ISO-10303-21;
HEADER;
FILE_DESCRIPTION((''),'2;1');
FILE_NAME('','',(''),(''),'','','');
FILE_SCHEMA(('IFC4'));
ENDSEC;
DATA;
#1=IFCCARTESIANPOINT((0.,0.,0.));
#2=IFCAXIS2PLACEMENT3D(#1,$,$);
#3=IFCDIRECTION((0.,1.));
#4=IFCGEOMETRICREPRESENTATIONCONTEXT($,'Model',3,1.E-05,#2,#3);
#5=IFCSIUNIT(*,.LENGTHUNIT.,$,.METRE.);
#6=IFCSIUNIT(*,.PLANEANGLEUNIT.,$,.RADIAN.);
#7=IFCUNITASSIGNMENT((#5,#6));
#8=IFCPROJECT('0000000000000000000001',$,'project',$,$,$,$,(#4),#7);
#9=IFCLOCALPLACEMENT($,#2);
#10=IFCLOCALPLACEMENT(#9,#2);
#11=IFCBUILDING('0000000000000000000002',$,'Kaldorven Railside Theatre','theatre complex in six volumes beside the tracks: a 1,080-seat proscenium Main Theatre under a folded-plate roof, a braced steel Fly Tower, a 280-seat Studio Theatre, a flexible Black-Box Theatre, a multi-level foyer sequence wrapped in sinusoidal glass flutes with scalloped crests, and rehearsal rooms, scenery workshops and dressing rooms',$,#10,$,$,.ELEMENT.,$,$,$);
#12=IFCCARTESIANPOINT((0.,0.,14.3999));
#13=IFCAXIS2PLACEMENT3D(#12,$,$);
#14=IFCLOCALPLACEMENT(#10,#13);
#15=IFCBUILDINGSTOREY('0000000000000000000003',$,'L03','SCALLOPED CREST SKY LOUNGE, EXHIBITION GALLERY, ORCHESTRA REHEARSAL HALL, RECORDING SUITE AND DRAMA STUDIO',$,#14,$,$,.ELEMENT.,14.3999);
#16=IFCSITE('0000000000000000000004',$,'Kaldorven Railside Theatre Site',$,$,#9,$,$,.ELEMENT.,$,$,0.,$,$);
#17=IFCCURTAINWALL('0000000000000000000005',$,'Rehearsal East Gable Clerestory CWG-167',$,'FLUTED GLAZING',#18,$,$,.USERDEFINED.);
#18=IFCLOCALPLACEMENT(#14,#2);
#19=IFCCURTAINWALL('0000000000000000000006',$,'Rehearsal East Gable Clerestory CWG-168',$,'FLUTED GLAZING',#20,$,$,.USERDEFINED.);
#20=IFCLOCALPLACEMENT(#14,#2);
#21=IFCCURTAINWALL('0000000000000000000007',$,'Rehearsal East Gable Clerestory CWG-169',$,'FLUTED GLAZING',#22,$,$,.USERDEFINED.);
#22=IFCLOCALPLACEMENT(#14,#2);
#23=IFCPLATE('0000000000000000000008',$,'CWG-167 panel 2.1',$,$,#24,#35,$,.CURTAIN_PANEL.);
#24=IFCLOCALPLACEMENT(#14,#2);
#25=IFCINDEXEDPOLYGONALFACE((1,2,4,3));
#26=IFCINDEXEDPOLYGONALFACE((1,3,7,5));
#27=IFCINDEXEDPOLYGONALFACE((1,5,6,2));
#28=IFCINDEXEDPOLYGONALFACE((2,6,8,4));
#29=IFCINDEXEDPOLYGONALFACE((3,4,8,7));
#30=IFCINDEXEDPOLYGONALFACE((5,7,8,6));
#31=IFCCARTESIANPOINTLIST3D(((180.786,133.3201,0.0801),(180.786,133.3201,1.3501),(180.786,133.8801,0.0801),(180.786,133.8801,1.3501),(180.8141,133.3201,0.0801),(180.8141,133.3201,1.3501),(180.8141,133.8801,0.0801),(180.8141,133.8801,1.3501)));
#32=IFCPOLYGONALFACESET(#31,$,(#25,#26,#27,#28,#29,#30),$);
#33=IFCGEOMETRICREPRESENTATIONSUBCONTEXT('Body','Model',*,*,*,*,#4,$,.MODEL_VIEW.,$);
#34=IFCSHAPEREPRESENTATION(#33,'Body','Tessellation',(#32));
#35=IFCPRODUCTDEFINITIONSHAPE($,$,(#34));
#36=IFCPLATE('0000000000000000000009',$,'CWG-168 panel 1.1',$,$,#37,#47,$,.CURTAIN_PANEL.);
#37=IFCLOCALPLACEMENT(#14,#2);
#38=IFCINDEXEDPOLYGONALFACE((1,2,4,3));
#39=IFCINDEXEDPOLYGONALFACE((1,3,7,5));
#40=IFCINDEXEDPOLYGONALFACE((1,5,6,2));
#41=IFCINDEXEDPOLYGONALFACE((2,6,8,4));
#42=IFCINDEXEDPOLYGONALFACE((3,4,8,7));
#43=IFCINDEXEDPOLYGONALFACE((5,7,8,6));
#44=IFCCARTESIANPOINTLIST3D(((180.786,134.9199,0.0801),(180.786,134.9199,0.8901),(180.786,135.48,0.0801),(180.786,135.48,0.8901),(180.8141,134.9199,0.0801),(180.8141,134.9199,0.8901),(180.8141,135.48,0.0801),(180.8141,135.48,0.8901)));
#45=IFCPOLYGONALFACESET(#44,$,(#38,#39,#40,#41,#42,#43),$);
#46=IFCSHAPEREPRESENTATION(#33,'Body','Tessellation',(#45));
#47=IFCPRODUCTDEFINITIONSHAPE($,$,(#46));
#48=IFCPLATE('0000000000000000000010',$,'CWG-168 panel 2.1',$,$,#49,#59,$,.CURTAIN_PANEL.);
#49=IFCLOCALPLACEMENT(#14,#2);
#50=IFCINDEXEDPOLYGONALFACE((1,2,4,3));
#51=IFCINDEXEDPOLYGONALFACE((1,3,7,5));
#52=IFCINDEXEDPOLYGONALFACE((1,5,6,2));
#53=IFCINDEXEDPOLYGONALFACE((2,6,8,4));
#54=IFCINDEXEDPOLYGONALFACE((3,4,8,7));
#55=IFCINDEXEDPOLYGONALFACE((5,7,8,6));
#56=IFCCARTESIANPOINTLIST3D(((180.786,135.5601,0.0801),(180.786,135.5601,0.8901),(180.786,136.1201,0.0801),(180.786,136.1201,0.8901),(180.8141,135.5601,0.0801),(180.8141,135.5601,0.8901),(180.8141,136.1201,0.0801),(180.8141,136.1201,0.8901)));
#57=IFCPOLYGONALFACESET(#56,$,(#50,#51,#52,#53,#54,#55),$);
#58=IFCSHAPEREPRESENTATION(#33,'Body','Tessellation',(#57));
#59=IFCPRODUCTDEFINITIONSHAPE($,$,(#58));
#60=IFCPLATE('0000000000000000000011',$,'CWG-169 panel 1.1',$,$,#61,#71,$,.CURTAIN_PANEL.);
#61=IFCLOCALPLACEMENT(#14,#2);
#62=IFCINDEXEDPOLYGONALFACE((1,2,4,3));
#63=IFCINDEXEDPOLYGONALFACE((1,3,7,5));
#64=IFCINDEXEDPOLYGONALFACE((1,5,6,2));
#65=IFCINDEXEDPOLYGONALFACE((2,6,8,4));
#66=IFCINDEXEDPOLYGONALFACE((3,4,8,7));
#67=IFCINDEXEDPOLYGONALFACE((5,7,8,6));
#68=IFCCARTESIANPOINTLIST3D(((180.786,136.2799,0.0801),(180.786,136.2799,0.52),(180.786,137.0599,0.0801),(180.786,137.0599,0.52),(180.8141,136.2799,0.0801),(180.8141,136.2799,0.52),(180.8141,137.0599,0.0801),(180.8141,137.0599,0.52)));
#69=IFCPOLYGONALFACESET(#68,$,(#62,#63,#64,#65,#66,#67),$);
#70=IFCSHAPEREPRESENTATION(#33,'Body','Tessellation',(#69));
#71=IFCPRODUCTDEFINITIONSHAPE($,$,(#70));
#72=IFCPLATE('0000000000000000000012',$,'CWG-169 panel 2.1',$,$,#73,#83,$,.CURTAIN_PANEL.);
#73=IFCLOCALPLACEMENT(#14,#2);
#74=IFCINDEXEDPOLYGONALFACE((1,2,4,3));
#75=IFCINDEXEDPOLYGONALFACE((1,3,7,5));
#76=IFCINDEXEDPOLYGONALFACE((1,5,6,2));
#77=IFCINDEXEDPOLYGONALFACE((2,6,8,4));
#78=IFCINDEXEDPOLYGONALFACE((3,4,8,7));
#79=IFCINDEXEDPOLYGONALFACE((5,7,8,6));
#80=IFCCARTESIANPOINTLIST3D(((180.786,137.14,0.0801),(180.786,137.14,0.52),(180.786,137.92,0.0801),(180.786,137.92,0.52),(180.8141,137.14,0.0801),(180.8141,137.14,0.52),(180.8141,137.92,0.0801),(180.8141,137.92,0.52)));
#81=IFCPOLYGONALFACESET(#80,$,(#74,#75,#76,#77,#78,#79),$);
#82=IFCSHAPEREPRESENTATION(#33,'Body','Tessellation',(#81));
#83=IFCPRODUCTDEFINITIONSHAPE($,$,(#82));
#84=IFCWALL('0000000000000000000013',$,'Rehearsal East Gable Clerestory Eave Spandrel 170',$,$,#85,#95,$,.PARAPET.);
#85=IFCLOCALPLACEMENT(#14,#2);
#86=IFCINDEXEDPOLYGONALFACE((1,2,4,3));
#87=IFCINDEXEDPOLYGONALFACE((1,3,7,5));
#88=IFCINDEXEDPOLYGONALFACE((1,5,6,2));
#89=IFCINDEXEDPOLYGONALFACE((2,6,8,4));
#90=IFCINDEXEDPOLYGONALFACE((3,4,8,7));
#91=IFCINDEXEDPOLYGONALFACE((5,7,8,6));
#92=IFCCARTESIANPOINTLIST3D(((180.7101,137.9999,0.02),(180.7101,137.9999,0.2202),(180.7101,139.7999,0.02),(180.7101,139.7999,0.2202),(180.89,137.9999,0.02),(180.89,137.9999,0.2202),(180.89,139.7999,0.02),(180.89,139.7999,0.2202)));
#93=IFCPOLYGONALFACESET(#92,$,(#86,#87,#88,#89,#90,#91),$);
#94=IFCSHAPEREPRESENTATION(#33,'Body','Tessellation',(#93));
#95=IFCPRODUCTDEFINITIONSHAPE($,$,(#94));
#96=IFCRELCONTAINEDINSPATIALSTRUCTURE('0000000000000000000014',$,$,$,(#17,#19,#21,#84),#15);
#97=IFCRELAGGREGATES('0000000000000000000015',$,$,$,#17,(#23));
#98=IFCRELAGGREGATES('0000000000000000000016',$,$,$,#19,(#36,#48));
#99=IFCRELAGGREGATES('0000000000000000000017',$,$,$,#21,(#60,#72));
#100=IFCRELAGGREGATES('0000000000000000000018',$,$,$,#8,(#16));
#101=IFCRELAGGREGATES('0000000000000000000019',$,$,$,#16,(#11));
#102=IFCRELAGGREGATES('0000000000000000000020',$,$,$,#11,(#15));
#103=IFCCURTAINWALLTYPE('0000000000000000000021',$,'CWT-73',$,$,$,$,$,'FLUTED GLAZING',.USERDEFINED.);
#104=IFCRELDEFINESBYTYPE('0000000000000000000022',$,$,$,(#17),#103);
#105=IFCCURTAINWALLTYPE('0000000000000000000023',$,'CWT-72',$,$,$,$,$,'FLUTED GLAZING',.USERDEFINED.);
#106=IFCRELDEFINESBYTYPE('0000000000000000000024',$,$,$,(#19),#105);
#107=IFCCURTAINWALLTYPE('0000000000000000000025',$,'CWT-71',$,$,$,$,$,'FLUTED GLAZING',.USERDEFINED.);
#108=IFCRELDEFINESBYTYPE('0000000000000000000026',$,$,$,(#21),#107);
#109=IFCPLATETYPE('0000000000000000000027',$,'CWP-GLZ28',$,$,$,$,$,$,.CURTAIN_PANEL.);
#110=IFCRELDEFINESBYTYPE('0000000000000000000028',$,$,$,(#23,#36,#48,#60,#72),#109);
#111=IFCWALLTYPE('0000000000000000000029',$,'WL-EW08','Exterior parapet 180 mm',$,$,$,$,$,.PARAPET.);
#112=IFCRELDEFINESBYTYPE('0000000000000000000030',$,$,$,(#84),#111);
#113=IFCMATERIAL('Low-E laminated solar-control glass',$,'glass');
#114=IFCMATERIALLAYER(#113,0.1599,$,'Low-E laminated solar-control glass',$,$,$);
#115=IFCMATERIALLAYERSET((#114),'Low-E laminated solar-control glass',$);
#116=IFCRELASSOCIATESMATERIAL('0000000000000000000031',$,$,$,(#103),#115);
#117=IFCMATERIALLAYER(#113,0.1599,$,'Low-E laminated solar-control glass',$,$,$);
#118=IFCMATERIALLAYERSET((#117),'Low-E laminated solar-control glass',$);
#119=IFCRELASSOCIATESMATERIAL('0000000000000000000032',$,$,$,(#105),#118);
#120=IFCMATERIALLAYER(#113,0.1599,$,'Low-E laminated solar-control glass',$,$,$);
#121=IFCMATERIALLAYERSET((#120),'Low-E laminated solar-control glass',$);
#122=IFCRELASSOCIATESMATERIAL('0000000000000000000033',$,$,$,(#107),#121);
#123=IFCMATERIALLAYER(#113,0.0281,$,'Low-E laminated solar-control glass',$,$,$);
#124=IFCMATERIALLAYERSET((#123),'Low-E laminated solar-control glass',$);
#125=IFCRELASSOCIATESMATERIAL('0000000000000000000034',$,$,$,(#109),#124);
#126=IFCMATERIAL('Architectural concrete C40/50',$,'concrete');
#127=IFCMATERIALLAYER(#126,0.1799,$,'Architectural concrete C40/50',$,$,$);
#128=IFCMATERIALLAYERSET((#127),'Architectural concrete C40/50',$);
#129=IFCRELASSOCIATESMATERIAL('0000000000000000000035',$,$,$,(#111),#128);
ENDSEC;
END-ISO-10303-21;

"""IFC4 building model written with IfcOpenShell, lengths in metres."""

from ifc_helpers import new_model, si_unit, direction, frame, frame_2d, origin, origin_2d, place, context, subcontext, project, spatial, rectangle, extrude, material, layer, layer_set, type_object, element, aggregate, save


model = new_model("IFC4")

# Units and contexts
model_context = context("Model", 3, precision=1e-05, world=origin(), true_north=direction((0.0, 1.0)))
body_context = subcontext(model_context, "Body", "Model", "MODEL_VIEW")
ifc_project = project(units=[si_unit("LENGTHUNIT", "METRE"), si_unit("PLANEANGLEUNIT", "RADIAN")], contexts=[model_context])

# Site, building, storey
site_placement = place(None, origin())
site = spatial("IfcSite", under=ifc_project, at=site_placement, Name="Kaldorven Railside Theatre Site", CompositionType="ELEMENT", RefElevation=0.0)
building_placement = place(site_placement, origin())
building = spatial("IfcBuilding", under=site, at=building_placement, Name="Kaldorven Railside Theatre", Description="theatre complex in six volumes beside the tracks: a 1,080-seat proscenium Main Theatre under a folded-plate roof, a braced steel Fly Tower, a 280-seat Studio Theatre, a flexible Black-Box Theatre, a multi-level foyer sequence wrapped in sinusoidal glass flutes with scalloped crests, and rehearsal rooms, scenery workshops and dressing rooms", CompositionType="ELEMENT")
storey_placement = place(building_placement, frame((0.0, 0.0, 14.3999)))
storey = spatial("IfcBuildingStorey", under=building, at=storey_placement, Name="L03", Description="SCALLOPED CREST SKY LOUNGE, EXHIBITION GALLERY, ORCHESTRA REHEARSAL HALL, RECORDING SUITE AND DRAMA STUDIO", CompositionType="ELEMENT", Elevation=14.3999)

# Curtain walls
ifc_material_1 = material(Name="Low-E laminated solar-control glass", Category="glass")
ifc_layer_1 = layer(ifc_material_1, 0.1599, Name="Low-E laminated solar-control glass")
ifc_layer_set_1 = layer_set([ifc_layer_1], Name="Low-E laminated solar-control glass")
curtain_wall_type_1 = type_object("IfcCurtainWallType", Name="CWT-73", ElementType="FLUTED GLAZING", PredefinedType="USERDEFINED", material=ifc_layer_set_1)
curtain_wall_1_placement = place(storey_placement, origin())
curtain_wall_1 = element("IfcCurtainWall", 1, at=curtain_wall_1_placement, inside=storey, type_object=curtain_wall_type_1, Name="Rehearsal East Gable Clerestory CWG-167", ObjectType="FLUTED GLAZING", PredefinedType="USERDEFINED")
ifc_layer_2 = layer(ifc_material_1, 0.1599, Name="Low-E laminated solar-control glass")
ifc_layer_set_2 = layer_set([ifc_layer_2], Name="Low-E laminated solar-control glass")
curtain_wall_type_2 = type_object("IfcCurtainWallType", Name="CWT-72", ElementType="FLUTED GLAZING", PredefinedType="USERDEFINED", material=ifc_layer_set_2)
curtain_wall_2_placement = place(storey_placement, origin())
curtain_wall_2 = element("IfcCurtainWall", 2, at=curtain_wall_2_placement, inside=storey, type_object=curtain_wall_type_2, Name="Rehearsal East Gable Clerestory CWG-168", ObjectType="FLUTED GLAZING", PredefinedType="USERDEFINED")
ifc_layer_3 = layer(ifc_material_1, 0.1599, Name="Low-E laminated solar-control glass")
ifc_layer_set_3 = layer_set([ifc_layer_3], Name="Low-E laminated solar-control glass")
curtain_wall_type_3 = type_object("IfcCurtainWallType", Name="CWT-71", ElementType="FLUTED GLAZING", PredefinedType="USERDEFINED", material=ifc_layer_set_3)
curtain_wall_3_placement = place(storey_placement, origin())
curtain_wall_3 = element("IfcCurtainWall", 3, at=curtain_wall_3_placement, inside=storey, type_object=curtain_wall_type_3, Name="Rehearsal East Gable Clerestory CWG-169", ObjectType="FLUTED GLAZING", PredefinedType="USERDEFINED")

# Plates
ifc_layer_4 = layer(ifc_material_1, 0.0281, Name="Low-E laminated solar-control glass")
ifc_layer_set_4 = layer_set([ifc_layer_4], Name="Low-E laminated solar-control glass")
plate_type = type_object("IfcPlateType", Name="CWP-GLZ28", PredefinedType="CURTAIN_PANEL", material=ifc_layer_set_4)
plate_1_placement = place(storey_placement, frame((180.8, 133.6001, 0.0801), z_axis=(0.0, 0.0, 1.0), x_axis=(0.0, 1.0, 0.0)))
plate_1 = element("IfcPlate", 4, at=plate_1_placement, type_object=plate_type, Name="CWG-167 panel 2.1", PredefinedType="CURTAIN_PANEL", context=body_context, shape_type="SweptSolid", body=[
    extrude(rectangle(XDim=0.5601, YDim=0.0281, at=origin_2d()), origin(), (0.0, 0.0, 1.0), 1.27),
])
aggregate(curtain_wall_1, [plate_1])
plate_2_placement = place(storey_placement, frame((180.8, 135.2, 0.0801), z_axis=(0.0, 0.0, 1.0), x_axis=(0.0, 1.0, 0.0)))
plate_2 = element("IfcPlate", 5, at=plate_2_placement, type_object=plate_type, Name="CWG-168 panel 1.1", PredefinedType="CURTAIN_PANEL", context=body_context, shape_type="SweptSolid", body=[
    extrude(rectangle(XDim=0.5601, YDim=0.0281, at=origin_2d()), origin(), (0.0, 0.0, 1.0), 0.8101),
])
plate_3_placement = place(storey_placement, frame((180.8, 135.8401, 0.0801), z_axis=(0.0, 0.0, 1.0), x_axis=(0.0, 1.0, 0.0)))
plate_3 = element("IfcPlate", 6, at=plate_3_placement, type_object=plate_type, Name="CWG-168 panel 2.1", PredefinedType="CURTAIN_PANEL", context=body_context, shape_type="SweptSolid", body=[
    extrude(rectangle(XDim=0.5601, YDim=0.0281, at=origin_2d()), origin(), (0.0, 0.0, 1.0), 0.8101),
])
aggregate(curtain_wall_2, [plate_2, plate_3])
plate_4_placement = place(storey_placement, frame((180.8, 136.6699, 0.0801), z_axis=(0.0, 0.0, 1.0), x_axis=(0.0, 1.0, 0.0)))
plate_4 = element("IfcPlate", 7, at=plate_4_placement, type_object=plate_type, Name="CWG-169 panel 1.1", PredefinedType="CURTAIN_PANEL", context=body_context, shape_type="SweptSolid", body=[
    extrude(rectangle(XDim=0.78, YDim=0.0281, at=origin_2d()), origin(), (0.0, 0.0, 1.0), 0.4399),
])
plate_5_placement = place(storey_placement, frame((180.8, 137.53, 0.0801), z_axis=(0.0, 0.0, 1.0), x_axis=(0.0, 1.0, 0.0)))
plate_5 = element("IfcPlate", 8, at=plate_5_placement, type_object=plate_type, Name="CWG-169 panel 2.1", PredefinedType="CURTAIN_PANEL", context=body_context, shape_type="SweptSolid", body=[
    extrude(rectangle(XDim=0.78, YDim=0.0281, at=origin_2d()), origin(), (0.0, 0.0, 1.0), 0.4399),
])
aggregate(curtain_wall_3, [plate_4, plate_5])

# Wall
ifc_material_2 = material(Name="Architectural concrete C40/50", Category="concrete")
ifc_layer_5 = layer(ifc_material_2, 0.1799, Name="Architectural concrete C40/50")
ifc_layer_set_5 = layer_set([ifc_layer_5], Name="Architectural concrete C40/50")
wall_type = type_object("IfcWallType", Name="WL-EW08", Description="Exterior parapet 180 mm", PredefinedType="PARAPET", material=ifc_layer_set_5)
wall_placement = place(storey_placement, frame((180.8, 138.0, 0.02), z_axis=(0.0, 0.0, 1.0), x_axis=(0.0, 1.0, 0.0)))
element("IfcWall", 9, at=wall_placement, inside=storey, type_object=wall_type, Name="Rehearsal East Gable Clerestory Eave Spandrel 170", PredefinedType="PARAPET", context=body_context, shape_type="SweptSolid", body=[
    extrude(rectangle(XDim=1.8, YDim=0.1799, at=frame_2d((0.8999, 0.0))), origin(), (0.0, 0.0, 1.0), 0.2002),
])

save(model, "model.ifc")
